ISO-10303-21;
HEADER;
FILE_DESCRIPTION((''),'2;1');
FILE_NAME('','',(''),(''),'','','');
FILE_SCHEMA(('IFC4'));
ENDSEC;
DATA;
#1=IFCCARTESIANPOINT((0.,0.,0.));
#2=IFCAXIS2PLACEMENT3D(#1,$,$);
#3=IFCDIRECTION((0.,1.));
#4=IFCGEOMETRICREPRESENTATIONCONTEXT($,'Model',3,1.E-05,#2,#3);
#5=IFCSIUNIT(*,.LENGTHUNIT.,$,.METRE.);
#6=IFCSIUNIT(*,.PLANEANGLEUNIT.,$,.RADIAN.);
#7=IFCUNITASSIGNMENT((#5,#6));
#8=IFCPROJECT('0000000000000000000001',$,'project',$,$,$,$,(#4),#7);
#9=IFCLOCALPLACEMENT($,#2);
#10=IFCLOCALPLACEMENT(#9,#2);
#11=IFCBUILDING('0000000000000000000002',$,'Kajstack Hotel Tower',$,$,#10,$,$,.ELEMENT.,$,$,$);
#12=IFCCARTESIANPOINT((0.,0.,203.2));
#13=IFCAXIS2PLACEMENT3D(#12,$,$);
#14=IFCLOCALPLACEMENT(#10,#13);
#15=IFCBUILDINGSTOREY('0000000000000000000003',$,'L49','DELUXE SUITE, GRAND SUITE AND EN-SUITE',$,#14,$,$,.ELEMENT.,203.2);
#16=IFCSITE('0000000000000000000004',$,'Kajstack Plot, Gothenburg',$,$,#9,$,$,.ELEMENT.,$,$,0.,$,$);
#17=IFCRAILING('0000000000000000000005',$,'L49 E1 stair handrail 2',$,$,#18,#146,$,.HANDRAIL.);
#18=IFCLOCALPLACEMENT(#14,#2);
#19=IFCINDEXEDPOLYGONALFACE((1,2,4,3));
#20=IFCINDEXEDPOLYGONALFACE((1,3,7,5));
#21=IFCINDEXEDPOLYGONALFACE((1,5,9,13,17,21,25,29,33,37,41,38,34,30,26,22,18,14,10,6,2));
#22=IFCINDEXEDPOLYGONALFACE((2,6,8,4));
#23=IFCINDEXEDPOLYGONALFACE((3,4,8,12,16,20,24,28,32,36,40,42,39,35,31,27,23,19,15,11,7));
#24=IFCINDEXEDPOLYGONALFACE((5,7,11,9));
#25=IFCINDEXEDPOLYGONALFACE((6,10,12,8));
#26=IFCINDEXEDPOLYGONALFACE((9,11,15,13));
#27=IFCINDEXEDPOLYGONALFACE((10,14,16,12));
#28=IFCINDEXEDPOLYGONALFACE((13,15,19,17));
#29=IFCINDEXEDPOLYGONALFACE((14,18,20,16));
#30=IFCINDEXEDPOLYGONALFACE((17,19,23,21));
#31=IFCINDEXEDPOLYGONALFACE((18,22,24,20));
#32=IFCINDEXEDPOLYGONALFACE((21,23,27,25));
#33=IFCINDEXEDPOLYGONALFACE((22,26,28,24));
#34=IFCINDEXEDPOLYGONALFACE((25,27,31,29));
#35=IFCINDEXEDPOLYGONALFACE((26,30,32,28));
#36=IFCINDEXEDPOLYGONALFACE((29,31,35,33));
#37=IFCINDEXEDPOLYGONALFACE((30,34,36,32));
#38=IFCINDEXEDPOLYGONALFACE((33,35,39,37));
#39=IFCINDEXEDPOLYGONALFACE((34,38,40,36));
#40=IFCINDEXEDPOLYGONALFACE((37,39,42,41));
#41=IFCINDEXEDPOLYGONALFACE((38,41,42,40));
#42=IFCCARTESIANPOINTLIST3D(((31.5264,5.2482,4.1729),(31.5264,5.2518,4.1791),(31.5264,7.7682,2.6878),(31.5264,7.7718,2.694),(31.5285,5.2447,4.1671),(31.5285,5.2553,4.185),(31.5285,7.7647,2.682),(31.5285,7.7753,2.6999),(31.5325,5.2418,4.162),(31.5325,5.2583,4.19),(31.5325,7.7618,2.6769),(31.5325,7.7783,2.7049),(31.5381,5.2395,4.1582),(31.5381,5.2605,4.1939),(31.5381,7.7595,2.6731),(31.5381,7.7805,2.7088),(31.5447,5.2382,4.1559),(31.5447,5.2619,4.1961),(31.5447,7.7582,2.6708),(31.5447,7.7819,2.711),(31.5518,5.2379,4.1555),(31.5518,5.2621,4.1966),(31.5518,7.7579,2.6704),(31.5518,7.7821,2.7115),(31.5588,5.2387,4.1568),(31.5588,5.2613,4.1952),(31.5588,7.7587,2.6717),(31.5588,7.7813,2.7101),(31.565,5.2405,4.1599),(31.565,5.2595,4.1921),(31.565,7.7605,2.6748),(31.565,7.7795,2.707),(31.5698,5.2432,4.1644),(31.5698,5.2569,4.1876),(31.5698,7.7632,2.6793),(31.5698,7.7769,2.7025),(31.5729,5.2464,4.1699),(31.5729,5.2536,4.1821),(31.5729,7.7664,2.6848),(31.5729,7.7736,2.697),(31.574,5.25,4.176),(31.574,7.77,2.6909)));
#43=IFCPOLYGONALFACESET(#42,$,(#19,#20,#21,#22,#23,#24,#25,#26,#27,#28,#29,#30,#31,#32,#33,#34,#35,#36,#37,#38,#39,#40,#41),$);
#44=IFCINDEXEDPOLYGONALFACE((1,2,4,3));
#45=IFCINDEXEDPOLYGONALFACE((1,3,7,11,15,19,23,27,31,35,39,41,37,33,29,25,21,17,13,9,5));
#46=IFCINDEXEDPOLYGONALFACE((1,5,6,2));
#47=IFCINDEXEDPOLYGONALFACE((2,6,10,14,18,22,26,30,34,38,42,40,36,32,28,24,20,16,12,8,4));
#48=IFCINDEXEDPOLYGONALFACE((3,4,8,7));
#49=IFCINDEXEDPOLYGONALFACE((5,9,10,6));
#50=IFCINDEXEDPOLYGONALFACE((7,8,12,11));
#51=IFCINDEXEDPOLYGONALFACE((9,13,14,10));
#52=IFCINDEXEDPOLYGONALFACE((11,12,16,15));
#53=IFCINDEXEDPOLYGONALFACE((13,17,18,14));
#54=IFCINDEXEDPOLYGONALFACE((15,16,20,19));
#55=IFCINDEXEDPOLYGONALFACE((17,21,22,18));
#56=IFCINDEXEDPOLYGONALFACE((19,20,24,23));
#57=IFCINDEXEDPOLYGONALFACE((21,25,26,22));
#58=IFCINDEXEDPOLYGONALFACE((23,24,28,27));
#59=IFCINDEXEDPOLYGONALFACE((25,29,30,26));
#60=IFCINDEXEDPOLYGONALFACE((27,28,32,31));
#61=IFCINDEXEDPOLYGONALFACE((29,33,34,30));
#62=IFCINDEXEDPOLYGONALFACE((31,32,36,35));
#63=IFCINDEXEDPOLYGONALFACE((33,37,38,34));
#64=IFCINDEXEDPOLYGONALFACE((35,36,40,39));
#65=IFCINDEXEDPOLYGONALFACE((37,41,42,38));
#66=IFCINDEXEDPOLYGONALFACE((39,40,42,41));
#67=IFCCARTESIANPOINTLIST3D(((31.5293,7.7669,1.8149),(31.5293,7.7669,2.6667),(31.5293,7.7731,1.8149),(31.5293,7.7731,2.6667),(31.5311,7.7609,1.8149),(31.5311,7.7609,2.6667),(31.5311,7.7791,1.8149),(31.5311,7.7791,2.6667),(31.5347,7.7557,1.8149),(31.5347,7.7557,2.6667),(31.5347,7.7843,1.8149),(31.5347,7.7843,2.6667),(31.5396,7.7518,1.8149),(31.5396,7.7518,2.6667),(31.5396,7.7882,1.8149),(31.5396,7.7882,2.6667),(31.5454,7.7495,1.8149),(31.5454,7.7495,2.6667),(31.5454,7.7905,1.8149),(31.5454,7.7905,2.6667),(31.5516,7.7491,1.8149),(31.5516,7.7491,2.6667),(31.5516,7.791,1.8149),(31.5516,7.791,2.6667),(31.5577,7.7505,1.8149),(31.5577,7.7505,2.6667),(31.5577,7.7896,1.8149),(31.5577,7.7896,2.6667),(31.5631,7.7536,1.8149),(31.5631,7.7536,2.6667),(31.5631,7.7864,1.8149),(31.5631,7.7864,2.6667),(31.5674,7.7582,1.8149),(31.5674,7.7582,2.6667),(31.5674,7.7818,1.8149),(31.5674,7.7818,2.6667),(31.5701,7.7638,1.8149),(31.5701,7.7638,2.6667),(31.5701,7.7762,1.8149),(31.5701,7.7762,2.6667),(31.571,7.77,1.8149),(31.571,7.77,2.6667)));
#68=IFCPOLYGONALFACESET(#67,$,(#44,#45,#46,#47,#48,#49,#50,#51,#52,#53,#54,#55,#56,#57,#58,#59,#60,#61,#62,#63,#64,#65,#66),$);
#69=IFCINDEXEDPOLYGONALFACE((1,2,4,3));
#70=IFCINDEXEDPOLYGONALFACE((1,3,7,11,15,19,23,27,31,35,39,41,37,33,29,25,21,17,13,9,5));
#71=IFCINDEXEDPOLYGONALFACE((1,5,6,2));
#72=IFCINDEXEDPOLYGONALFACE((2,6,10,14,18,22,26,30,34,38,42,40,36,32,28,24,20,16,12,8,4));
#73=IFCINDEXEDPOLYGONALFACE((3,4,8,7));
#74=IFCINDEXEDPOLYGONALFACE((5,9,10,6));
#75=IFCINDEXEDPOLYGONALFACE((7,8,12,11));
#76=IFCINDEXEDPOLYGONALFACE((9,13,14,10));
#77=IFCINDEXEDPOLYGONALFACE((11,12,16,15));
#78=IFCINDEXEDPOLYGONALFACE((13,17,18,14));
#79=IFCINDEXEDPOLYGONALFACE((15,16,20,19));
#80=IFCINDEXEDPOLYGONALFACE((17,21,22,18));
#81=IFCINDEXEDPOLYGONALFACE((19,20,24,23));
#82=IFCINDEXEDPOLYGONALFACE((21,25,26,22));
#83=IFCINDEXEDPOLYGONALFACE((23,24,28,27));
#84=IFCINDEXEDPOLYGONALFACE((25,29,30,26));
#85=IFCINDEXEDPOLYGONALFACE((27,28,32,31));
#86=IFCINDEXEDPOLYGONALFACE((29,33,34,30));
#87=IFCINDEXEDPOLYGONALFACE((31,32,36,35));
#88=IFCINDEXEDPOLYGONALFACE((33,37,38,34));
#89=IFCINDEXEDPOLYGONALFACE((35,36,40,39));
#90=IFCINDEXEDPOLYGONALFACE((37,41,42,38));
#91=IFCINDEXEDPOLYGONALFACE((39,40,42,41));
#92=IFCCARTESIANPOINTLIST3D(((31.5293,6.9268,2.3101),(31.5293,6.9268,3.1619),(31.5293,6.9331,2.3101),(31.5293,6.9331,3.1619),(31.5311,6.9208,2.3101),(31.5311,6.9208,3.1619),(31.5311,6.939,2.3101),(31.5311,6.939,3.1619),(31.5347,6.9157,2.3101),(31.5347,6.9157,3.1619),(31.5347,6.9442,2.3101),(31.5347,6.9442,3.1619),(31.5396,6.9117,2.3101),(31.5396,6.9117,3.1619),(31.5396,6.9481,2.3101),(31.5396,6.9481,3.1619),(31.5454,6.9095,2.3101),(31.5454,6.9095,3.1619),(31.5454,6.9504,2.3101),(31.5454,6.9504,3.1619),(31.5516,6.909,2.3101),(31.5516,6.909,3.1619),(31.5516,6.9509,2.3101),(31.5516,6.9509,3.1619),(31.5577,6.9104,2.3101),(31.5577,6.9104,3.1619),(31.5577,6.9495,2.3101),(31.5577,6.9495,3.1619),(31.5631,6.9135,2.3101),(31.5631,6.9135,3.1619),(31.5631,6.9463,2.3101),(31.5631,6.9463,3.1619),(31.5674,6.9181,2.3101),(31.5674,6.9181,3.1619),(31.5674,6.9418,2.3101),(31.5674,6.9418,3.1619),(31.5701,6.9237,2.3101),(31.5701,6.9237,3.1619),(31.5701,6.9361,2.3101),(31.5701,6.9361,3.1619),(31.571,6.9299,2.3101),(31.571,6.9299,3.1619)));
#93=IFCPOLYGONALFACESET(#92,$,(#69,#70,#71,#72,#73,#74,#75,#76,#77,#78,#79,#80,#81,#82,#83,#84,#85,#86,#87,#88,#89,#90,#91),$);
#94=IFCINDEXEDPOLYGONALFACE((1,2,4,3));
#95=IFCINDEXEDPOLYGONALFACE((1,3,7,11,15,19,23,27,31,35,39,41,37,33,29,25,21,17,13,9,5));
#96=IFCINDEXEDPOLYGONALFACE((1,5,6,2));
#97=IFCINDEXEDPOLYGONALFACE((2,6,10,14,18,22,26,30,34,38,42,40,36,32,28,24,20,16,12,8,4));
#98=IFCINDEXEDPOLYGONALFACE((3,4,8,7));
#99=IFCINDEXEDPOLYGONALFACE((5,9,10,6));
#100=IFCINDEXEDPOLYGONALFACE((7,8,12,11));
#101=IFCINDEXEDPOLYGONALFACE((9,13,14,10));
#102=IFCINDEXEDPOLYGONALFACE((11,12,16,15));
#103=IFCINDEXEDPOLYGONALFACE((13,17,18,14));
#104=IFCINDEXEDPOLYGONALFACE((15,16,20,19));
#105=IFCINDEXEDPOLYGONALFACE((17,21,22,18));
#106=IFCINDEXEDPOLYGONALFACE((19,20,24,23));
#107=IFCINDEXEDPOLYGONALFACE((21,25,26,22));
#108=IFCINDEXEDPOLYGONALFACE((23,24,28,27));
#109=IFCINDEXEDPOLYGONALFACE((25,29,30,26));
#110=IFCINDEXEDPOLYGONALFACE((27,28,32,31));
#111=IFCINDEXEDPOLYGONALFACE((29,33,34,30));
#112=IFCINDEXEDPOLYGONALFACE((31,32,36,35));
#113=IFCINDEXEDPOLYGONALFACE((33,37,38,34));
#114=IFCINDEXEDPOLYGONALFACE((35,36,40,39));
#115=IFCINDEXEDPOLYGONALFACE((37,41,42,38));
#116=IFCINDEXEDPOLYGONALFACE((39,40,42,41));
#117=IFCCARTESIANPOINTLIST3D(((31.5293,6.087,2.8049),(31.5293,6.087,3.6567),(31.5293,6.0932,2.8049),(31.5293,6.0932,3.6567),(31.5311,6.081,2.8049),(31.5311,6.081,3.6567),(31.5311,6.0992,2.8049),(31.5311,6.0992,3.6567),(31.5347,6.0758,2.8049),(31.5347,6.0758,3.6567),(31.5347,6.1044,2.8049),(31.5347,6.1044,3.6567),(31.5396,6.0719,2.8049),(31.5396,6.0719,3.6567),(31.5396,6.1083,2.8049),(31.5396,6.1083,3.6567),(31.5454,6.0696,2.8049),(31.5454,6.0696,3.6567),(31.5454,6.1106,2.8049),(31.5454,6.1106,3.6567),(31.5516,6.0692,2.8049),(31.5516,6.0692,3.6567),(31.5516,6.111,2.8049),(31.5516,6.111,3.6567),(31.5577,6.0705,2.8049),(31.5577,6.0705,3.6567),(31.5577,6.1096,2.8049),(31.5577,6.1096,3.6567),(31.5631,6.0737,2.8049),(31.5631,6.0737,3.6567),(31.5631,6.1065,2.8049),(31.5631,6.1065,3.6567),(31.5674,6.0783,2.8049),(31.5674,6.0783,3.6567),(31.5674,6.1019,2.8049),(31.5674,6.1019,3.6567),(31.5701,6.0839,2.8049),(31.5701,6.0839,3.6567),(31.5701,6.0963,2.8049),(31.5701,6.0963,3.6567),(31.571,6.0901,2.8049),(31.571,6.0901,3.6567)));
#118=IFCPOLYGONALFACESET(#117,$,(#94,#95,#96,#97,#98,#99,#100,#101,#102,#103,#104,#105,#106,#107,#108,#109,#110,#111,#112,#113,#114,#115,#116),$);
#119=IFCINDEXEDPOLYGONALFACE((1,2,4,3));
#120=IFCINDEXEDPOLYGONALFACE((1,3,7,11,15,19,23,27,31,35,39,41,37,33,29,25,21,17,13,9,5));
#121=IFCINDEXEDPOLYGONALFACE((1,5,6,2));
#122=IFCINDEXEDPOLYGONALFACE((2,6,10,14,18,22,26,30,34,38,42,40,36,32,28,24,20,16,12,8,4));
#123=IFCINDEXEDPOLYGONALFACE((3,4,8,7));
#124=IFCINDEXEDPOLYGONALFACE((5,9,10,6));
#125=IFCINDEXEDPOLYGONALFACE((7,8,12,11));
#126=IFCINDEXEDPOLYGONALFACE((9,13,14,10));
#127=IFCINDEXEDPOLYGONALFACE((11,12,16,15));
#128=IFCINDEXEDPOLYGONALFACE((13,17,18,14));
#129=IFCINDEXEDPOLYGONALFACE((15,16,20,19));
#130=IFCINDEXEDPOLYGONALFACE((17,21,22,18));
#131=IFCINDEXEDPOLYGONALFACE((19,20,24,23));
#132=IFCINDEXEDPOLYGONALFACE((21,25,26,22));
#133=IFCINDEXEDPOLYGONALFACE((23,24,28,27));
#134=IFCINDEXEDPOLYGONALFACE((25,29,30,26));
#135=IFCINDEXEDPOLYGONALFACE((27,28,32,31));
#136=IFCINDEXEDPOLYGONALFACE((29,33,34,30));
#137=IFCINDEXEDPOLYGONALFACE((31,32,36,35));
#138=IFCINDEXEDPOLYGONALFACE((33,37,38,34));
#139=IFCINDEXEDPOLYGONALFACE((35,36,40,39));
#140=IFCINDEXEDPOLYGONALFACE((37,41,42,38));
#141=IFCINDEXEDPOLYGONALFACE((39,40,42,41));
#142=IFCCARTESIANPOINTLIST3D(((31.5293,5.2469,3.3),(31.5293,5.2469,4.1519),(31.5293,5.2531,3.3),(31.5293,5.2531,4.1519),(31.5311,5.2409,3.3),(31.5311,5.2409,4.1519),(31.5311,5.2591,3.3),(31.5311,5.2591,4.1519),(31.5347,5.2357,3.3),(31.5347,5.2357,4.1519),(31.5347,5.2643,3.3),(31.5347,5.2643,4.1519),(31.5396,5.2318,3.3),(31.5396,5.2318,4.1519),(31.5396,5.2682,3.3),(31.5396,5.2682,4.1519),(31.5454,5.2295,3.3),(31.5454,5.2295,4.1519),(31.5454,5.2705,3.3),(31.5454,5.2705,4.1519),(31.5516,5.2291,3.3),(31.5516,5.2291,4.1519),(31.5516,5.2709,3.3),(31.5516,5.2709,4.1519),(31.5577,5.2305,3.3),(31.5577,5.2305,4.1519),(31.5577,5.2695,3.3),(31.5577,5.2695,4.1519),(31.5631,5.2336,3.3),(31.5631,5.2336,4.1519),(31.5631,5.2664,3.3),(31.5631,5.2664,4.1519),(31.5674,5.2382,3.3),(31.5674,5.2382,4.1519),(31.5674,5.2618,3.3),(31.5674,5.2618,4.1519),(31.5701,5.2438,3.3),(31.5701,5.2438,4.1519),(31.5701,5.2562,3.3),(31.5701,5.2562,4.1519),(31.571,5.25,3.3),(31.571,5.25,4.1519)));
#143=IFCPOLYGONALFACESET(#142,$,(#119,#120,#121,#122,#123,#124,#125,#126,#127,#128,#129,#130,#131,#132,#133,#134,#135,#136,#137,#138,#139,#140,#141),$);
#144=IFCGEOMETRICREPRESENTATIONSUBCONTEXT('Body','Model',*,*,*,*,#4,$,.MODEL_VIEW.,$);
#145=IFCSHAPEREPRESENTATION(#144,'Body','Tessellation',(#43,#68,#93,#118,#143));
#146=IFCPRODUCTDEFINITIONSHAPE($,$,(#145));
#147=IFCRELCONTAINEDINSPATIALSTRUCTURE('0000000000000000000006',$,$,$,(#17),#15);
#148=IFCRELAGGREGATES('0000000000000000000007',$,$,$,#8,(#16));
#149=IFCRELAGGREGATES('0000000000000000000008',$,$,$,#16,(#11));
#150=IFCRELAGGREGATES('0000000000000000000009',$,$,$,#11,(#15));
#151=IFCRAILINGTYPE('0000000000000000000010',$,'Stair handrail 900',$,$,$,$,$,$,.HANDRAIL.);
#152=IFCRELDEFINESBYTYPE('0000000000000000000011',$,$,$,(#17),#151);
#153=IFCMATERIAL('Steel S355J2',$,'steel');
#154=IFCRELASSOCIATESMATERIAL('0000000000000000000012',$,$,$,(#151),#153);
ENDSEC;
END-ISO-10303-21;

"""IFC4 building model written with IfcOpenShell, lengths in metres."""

from ifc_helpers import new_model, si_unit, direction, frame, origin, origin_2d, place, context, subcontext, project, spatial, circle, extrude, material, type_object, element, save


model = new_model("IFC4")

# Units and contexts
model_context = context("Model", 3, precision=1e-05, world=origin(), true_north=direction((0.0, 1.0)))
body_context = subcontext(model_context, "Body", "Model", "MODEL_VIEW")
ifc_project = project(units=[si_unit("LENGTHUNIT", "METRE"), si_unit("PLANEANGLEUNIT", "RADIAN")], contexts=[model_context])

# Site, building, storey
site_placement = place(None, origin())
site = spatial("IfcSite", under=ifc_project, at=site_placement, Name="Kajstack Plot, Gothenburg", CompositionType="ELEMENT", RefElevation=0.0)
building_placement = place(site_placement, origin())
building = spatial("IfcBuilding", under=site, at=building_placement, Name="Kajstack Hotel Tower", CompositionType="ELEMENT")
storey_placement = place(building_placement, frame((0.0, 0.0, 203.2)))
storey = spatial("IfcBuildingStorey", under=building, at=storey_placement, Name="L49", Description="DELUXE SUITE, GRAND SUITE AND EN-SUITE", CompositionType="ELEMENT", Elevation=203.2)

# Railing
ifc_material_1 = material(Name="Steel S355J2", Category="steel")
railing_type_1 = type_object("IfcRailingType", Name="Stair handrail 900", PredefinedType="HANDRAIL", material=ifc_material_1)
railing_1_placement = place(storey_placement, frame((31.55, 7.77, 1.8149)))
element("IfcRailing", 1, at=railing_1_placement, inside=storey, type_object=railing_type_1, Name="L49 E1 stair handrail 2", PredefinedType="HANDRAIL", context=body_context, shape_type="SweptSolid", body=[
    extrude(circle(Radius=0.0239, at=origin_2d()), frame((0.0, 0.0, 0.876), z_axis=(0.0, -0.861524, 0.507717), x_axis=(1.0, 0.0, 0.0)), (0.0, 0.0, 1.0), 2.925),
    extrude(circle(Radius=0.021, at=origin_2d()), origin(), (0.0, 0.0, 1.0), 0.8518),
    extrude(circle(Radius=0.021, at=origin_2d()), frame((0.0, -0.8401, 0.4951)), (0.0, 0.0, 1.0), 0.8518),
    extrude(circle(Radius=0.021, at=origin_2d()), frame((0.0, -1.6799, 0.99)), (0.0, 0.0, 1.0), 0.8518),
    extrude(circle(Radius=0.021, at=origin_2d()), frame((0.0, -2.52, 1.4851)), (0.0, 0.0, 1.0), 0.8518),
])

save(model, "model.ifc")
